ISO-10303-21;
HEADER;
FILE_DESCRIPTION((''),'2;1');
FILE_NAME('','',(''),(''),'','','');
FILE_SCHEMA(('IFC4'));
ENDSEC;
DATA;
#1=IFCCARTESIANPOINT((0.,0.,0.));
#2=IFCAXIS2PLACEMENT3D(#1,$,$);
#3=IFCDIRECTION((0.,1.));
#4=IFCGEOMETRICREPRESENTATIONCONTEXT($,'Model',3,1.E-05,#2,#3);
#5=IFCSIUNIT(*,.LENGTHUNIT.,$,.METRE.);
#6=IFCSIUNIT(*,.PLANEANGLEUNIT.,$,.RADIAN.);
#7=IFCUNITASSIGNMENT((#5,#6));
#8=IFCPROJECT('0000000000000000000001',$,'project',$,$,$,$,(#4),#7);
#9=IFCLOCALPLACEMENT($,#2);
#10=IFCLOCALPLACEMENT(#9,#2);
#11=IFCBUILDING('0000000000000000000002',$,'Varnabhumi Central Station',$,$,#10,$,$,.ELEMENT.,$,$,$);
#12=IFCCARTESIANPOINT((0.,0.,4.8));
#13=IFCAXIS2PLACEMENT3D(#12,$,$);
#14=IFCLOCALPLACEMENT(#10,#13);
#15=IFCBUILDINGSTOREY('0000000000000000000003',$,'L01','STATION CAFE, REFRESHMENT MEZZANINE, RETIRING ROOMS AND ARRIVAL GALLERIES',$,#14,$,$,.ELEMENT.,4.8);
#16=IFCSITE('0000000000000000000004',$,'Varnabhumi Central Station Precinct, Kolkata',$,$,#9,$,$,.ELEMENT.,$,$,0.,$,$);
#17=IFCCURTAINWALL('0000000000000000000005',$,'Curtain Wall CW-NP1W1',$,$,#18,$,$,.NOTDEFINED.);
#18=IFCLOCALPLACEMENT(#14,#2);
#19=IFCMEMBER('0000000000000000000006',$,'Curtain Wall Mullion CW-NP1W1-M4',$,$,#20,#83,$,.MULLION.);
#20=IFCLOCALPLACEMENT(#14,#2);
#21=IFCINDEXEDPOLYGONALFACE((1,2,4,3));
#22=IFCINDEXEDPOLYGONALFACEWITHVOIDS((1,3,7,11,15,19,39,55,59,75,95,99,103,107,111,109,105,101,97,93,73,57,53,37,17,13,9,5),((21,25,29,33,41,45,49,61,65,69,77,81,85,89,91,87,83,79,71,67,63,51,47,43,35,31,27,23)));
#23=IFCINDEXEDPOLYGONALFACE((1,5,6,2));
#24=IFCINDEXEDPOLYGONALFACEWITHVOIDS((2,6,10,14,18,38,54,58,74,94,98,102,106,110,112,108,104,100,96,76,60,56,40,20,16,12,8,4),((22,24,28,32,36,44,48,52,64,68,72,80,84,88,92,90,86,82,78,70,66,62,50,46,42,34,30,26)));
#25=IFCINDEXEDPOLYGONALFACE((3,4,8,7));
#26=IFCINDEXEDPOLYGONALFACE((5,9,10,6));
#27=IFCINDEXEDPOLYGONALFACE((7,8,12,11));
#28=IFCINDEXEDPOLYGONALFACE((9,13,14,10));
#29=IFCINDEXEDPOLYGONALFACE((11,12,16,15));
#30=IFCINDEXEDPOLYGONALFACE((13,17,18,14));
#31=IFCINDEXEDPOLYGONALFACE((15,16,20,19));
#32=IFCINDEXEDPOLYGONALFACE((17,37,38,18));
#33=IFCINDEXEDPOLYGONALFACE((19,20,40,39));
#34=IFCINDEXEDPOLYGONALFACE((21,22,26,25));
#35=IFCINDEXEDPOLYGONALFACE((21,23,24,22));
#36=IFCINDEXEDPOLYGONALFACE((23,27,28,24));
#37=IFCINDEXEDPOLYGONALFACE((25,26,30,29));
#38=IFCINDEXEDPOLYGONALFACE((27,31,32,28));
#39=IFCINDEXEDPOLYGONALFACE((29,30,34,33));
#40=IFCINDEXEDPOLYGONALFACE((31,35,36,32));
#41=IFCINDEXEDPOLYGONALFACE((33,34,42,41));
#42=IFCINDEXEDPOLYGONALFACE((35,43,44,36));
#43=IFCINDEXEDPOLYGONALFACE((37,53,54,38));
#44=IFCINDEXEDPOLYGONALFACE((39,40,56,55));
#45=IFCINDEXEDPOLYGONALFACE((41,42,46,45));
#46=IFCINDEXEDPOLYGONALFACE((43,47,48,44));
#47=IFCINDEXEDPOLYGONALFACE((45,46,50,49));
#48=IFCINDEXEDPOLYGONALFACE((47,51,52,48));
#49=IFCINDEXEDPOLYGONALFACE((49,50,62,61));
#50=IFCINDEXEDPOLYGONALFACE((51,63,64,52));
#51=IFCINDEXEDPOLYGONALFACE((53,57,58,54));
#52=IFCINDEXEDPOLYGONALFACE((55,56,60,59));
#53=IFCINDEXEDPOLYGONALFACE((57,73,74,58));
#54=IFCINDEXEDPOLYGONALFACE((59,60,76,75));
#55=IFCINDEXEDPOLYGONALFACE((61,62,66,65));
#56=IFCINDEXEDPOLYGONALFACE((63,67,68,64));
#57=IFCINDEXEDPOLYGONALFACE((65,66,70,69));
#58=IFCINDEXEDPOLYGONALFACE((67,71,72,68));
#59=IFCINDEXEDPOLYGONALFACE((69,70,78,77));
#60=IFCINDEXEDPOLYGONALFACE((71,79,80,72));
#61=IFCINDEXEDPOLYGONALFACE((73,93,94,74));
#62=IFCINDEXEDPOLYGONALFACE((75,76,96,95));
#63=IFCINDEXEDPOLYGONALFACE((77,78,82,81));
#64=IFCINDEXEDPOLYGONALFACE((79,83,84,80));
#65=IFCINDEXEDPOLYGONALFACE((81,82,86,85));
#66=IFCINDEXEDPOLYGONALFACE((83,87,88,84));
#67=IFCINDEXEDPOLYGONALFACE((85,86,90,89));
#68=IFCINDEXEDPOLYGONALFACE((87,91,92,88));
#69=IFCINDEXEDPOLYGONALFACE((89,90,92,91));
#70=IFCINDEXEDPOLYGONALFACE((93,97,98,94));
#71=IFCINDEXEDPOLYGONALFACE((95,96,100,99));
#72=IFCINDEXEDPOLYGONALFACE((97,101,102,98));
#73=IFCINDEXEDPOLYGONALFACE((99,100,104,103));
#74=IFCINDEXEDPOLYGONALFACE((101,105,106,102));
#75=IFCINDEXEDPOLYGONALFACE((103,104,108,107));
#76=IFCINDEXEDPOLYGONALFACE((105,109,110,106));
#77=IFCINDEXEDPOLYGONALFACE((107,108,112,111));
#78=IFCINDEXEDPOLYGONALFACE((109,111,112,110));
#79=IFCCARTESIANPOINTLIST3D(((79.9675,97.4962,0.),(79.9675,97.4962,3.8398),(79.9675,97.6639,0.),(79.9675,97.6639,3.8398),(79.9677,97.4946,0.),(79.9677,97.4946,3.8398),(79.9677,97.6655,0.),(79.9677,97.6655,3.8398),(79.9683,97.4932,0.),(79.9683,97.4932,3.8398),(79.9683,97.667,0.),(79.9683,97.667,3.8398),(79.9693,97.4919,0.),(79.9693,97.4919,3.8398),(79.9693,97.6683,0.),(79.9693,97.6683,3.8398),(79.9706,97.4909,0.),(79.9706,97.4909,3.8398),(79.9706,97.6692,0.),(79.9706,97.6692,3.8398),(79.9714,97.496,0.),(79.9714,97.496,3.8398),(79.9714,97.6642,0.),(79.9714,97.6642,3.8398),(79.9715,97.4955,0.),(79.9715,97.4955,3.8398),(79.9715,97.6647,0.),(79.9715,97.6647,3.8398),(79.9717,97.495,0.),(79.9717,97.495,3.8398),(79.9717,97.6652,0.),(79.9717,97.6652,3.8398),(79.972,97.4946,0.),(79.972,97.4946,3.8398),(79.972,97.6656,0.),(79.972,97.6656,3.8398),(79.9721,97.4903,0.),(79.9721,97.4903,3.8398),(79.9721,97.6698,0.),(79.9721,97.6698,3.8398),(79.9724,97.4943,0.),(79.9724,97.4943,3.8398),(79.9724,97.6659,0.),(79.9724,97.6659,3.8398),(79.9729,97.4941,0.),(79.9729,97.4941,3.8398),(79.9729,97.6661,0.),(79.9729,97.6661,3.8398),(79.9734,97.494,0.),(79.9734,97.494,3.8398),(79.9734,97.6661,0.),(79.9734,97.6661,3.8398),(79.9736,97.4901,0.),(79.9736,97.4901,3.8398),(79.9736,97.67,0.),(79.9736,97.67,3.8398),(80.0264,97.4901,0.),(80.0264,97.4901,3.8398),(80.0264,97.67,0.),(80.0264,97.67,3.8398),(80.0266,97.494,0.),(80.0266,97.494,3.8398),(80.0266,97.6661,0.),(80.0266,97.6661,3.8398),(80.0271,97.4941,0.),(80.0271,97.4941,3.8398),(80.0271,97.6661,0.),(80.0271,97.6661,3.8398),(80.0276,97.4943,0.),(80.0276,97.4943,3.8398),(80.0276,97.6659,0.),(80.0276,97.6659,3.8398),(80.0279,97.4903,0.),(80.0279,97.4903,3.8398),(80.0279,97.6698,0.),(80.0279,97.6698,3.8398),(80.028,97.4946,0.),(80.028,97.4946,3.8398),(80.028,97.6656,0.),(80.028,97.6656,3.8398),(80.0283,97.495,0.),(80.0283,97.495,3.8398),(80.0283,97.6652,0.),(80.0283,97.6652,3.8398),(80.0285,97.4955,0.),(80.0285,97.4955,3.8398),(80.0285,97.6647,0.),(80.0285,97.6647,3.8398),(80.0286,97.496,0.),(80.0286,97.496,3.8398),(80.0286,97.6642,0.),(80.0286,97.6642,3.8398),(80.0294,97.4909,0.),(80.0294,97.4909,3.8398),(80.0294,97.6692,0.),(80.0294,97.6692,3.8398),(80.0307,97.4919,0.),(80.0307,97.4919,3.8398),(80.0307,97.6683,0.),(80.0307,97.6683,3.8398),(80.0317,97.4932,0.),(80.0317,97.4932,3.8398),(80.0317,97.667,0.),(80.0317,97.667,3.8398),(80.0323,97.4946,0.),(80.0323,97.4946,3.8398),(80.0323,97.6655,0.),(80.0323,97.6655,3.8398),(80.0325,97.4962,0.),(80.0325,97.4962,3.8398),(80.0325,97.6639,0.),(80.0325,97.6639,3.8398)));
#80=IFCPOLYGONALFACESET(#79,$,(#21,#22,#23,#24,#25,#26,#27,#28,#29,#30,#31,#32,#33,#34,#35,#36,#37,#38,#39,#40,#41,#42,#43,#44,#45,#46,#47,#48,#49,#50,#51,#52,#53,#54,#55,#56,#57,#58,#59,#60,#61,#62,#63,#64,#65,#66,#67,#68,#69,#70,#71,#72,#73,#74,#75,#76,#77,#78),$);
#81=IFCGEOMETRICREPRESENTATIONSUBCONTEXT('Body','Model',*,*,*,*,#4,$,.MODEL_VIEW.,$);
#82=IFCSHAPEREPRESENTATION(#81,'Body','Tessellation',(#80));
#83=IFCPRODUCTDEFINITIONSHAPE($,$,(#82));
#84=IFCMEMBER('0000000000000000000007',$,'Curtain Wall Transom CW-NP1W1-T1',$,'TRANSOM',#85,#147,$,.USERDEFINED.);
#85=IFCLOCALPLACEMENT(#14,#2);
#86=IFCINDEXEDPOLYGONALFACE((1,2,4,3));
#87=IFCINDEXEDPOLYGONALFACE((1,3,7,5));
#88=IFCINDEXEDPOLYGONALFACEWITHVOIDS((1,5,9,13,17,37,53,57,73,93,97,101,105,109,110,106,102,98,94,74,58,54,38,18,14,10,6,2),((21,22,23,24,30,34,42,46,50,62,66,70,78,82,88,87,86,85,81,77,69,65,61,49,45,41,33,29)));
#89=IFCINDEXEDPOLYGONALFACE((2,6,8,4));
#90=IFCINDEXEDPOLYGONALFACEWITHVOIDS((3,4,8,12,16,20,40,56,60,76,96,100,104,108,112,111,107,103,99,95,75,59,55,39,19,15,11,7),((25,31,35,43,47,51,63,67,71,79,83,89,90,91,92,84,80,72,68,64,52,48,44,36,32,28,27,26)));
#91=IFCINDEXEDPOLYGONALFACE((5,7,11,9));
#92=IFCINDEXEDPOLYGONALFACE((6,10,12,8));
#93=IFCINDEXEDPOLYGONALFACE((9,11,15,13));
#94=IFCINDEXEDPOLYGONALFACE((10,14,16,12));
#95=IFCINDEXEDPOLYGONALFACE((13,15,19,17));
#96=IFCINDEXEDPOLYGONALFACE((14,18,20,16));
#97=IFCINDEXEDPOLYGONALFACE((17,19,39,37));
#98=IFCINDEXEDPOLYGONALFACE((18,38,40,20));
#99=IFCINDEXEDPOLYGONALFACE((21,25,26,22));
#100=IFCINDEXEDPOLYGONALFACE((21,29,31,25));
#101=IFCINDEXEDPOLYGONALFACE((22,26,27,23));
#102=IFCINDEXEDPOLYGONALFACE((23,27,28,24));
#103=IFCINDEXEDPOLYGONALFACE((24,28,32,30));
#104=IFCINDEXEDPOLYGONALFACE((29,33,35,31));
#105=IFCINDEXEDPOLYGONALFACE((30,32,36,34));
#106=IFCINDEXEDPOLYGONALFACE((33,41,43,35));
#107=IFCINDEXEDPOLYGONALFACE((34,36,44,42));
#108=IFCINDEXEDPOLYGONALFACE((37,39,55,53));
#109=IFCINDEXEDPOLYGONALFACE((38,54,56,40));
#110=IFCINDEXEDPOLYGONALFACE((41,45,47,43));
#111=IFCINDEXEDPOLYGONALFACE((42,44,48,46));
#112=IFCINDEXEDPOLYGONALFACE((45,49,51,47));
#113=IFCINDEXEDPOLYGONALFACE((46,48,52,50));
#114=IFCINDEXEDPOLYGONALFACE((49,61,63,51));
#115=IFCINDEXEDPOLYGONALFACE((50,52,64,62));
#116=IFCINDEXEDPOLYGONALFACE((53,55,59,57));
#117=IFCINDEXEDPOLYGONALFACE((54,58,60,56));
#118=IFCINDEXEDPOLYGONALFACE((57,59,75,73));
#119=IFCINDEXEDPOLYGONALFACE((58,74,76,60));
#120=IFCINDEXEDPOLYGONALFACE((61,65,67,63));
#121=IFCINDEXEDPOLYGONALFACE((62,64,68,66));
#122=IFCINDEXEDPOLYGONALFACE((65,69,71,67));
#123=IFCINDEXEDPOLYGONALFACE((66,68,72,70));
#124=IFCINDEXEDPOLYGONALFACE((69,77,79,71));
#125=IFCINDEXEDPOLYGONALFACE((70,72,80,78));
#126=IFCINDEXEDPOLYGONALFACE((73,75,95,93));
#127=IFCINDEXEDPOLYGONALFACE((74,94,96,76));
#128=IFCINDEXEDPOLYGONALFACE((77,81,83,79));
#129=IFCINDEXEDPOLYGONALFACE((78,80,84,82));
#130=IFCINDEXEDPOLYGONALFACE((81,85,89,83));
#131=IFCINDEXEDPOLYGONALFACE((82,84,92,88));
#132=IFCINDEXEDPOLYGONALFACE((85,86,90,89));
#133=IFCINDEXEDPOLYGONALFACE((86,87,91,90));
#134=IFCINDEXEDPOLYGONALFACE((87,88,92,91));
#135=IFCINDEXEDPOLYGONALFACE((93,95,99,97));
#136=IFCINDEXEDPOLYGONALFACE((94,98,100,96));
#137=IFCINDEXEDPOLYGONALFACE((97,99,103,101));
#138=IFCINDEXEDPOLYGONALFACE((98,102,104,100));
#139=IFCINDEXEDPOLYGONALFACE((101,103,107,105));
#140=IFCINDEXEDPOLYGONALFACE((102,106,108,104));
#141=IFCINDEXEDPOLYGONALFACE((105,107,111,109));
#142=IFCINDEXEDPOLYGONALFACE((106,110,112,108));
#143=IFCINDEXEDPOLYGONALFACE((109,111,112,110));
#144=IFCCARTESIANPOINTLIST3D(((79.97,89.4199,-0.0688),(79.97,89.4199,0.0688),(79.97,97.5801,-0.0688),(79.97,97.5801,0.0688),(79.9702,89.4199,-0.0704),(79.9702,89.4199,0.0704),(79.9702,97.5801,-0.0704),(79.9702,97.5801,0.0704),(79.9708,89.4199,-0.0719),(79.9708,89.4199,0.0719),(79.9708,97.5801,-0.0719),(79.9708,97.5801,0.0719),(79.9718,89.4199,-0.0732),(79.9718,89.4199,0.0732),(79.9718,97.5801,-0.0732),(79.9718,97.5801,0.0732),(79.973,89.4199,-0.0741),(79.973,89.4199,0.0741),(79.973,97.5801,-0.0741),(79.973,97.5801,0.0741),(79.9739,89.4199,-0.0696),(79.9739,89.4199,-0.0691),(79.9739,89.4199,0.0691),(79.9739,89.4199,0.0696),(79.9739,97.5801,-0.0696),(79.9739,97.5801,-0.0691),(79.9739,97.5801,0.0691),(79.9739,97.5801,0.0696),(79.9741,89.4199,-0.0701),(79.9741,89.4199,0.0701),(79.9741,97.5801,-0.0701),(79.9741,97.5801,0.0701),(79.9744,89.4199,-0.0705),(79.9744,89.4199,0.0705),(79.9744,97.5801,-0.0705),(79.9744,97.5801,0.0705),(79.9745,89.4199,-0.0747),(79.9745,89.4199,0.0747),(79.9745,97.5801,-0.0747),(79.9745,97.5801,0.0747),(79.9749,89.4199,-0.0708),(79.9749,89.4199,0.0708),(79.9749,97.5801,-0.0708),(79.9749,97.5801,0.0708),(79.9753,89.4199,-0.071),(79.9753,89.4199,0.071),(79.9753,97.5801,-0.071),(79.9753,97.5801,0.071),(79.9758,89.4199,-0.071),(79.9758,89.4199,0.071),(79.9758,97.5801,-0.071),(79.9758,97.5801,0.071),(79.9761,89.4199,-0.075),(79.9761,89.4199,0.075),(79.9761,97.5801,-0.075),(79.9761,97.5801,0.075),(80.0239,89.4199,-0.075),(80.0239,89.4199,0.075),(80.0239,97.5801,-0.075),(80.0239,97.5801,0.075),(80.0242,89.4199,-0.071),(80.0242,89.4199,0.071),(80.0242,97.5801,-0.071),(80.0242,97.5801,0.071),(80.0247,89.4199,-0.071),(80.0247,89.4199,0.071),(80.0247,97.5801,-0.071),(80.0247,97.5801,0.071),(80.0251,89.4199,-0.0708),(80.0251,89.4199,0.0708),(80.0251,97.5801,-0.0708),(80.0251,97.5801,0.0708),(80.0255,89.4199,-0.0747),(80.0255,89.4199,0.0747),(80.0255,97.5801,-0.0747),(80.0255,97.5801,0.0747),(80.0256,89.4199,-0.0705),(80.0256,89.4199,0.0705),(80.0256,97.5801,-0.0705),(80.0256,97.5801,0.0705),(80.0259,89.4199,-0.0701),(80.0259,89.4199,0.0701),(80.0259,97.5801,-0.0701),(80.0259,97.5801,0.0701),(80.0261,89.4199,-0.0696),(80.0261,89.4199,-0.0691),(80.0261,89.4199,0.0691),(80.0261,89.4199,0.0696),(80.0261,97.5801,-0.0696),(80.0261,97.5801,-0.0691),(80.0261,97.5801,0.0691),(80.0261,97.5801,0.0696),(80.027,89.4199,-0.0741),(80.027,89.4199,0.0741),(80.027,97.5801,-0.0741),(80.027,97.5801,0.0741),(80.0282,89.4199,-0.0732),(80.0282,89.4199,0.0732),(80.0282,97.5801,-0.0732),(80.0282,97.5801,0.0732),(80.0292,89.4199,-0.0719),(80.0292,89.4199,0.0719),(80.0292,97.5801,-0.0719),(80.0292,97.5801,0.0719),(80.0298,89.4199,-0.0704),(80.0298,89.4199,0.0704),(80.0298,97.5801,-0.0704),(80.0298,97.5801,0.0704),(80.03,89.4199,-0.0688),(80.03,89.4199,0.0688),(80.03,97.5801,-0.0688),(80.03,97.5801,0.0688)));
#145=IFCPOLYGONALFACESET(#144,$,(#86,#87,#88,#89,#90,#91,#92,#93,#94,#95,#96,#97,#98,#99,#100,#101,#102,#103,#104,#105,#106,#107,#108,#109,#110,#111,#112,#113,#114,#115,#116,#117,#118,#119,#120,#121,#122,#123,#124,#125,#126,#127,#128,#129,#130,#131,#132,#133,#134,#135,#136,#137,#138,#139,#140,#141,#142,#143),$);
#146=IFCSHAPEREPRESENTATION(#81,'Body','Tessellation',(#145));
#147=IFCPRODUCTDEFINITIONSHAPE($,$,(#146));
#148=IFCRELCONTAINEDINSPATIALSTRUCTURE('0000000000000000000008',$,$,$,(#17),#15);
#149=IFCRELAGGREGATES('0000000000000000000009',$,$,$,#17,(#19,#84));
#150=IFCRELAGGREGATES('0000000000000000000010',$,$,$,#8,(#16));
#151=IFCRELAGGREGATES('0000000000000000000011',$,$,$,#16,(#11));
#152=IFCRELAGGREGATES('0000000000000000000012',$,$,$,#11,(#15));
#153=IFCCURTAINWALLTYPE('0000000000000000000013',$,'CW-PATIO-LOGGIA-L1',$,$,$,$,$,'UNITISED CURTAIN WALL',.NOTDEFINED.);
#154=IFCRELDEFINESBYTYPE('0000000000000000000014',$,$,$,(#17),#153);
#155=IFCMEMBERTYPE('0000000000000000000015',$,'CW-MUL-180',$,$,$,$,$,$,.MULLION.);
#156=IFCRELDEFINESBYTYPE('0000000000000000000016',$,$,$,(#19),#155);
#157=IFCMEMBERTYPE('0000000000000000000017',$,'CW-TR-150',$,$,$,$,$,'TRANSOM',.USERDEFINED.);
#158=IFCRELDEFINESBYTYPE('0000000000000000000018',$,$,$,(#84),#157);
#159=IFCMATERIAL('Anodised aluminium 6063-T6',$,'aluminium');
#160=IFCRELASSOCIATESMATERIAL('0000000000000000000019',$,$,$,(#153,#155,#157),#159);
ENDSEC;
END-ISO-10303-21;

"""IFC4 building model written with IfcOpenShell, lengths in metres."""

from ifc_helpers import new_model, si_unit, direction, frame, origin, origin_2d, place, context, subcontext, project, spatial, hollow_rectangle, extrude, material, material_profile, profile_set, type_object, element, aggregate, save


model = new_model("IFC4")

# Units and contexts
model_context = context("Model", 3, precision=1e-05, world=origin(), true_north=direction((0.0, 1.0)))
body_context = subcontext(model_context, "Body", "Model", "MODEL_VIEW")
ifc_project = project(units=[si_unit("LENGTHUNIT", "METRE"), si_unit("PLANEANGLEUNIT", "RADIAN")], contexts=[model_context])

# Site, building, storey
site_placement = place(None, origin())
site = spatial("IfcSite", under=ifc_project, at=site_placement, Name="Varnabhumi Central Station Precinct, Kolkata", CompositionType="ELEMENT", RefElevation=0.0)
building_placement = place(site_placement, origin())
building = spatial("IfcBuilding", under=site, at=building_placement, Name="Varnabhumi Central Station", CompositionType="ELEMENT")
storey_placement = place(building_placement, frame((0.0, 0.0, 4.8)))
storey = spatial("IfcBuildingStorey", under=building, at=storey_placement, Name="L01", Description="STATION CAFE, REFRESHMENT MEZZANINE, RETIRING ROOMS AND ARRIVAL GALLERIES", CompositionType="ELEMENT", Elevation=4.8)

# Curtain wall, members
ifc_material_1 = material(Name="Anodised aluminium 6063-T6", Category="aluminium")
curtain_wall_type = type_object("IfcCurtainWallType", Name="CW-PATIO-LOGGIA-L1", ElementType="UNITISED CURTAIN WALL", PredefinedType="NOTDEFINED", material=ifc_material_1)
curtain_wall_placement = place(storey_placement, origin())
curtain_wall = element("IfcCurtainWall", 1, at=curtain_wall_placement, inside=storey, type_object=curtain_wall_type, Name="Curtain Wall CW-NP1W1", PredefinedType="NOTDEFINED")
ifc_material_profile_1 = material_profile(ifc_material_1, hollow_rectangle(XDim=0.0649, YDim=0.1799, WallThickness=0.0039, InnerFilletRadius=0.002, OuterFilletRadius=0.0061, at=origin_2d()), Name="Anodised aluminium 6063-T6", Category="aluminium")
ifc_profile_set_1 = profile_set([ifc_material_profile_1], Name="Anodised aluminium 6063-T6")
member_type_1 = type_object("IfcMemberType", Name="CW-MUL-180", PredefinedType="MULLION", material=ifc_profile_set_1)
member_1_placement = place(storey_placement, frame((80.0, 97.5801, 0.0), z_axis=(0.0, 0.0, 1.0), x_axis=(1.0, 0.0, 0.0)))
member_1 = element("IfcMember", 2, at=member_1_placement, type_object=member_type_1, Name="Curtain Wall Mullion CW-NP1W1-M4", PredefinedType="MULLION", context=body_context, shape_type="SweptSolid", body=[
    extrude(hollow_rectangle(XDim=0.0649, YDim=0.1799, WallThickness=0.0039, InnerFilletRadius=0.002, OuterFilletRadius=0.0061, at=origin_2d()), origin(), (0.0, 0.0, 1.0), 3.8398),
])
ifc_material_profile_2 = material_profile(ifc_material_1, hollow_rectangle(XDim=0.0601, YDim=0.1499, WallThickness=0.0039, InnerFilletRadius=0.002, OuterFilletRadius=0.0061, at=origin_2d()), Name="Anodised aluminium 6063-T6", Category="aluminium")
ifc_profile_set_2 = profile_set([ifc_material_profile_2], Name="Anodised aluminium 6063-T6")
member_type_2 = type_object("IfcMemberType", Name="CW-TR-150", ElementType="TRANSOM", PredefinedType="USERDEFINED", material=ifc_profile_set_2)
member_2_placement = place(storey_placement, frame((80.0, 89.4199, 0.0), z_axis=(0.0, 1.0, 0.0), x_axis=(-1.0, 0.0, 0.0)))
member_2 = element("IfcMember", 3, at=member_2_placement, type_object=member_type_2, Name="Curtain Wall Transom CW-NP1W1-T1", ObjectType="TRANSOM", PredefinedType="USERDEFINED", context=body_context, shape_type="SweptSolid", body=[
    extrude(hollow_rectangle(XDim=0.0601, YDim=0.1499, WallThickness=0.0039, InnerFilletRadius=0.002, OuterFilletRadius=0.0061, at=origin_2d()), origin(), (0.0, 0.0, 1.0), 8.1602),
])
aggregate(curtain_wall, [member_1, member_2])

save(model, "model.ifc")
